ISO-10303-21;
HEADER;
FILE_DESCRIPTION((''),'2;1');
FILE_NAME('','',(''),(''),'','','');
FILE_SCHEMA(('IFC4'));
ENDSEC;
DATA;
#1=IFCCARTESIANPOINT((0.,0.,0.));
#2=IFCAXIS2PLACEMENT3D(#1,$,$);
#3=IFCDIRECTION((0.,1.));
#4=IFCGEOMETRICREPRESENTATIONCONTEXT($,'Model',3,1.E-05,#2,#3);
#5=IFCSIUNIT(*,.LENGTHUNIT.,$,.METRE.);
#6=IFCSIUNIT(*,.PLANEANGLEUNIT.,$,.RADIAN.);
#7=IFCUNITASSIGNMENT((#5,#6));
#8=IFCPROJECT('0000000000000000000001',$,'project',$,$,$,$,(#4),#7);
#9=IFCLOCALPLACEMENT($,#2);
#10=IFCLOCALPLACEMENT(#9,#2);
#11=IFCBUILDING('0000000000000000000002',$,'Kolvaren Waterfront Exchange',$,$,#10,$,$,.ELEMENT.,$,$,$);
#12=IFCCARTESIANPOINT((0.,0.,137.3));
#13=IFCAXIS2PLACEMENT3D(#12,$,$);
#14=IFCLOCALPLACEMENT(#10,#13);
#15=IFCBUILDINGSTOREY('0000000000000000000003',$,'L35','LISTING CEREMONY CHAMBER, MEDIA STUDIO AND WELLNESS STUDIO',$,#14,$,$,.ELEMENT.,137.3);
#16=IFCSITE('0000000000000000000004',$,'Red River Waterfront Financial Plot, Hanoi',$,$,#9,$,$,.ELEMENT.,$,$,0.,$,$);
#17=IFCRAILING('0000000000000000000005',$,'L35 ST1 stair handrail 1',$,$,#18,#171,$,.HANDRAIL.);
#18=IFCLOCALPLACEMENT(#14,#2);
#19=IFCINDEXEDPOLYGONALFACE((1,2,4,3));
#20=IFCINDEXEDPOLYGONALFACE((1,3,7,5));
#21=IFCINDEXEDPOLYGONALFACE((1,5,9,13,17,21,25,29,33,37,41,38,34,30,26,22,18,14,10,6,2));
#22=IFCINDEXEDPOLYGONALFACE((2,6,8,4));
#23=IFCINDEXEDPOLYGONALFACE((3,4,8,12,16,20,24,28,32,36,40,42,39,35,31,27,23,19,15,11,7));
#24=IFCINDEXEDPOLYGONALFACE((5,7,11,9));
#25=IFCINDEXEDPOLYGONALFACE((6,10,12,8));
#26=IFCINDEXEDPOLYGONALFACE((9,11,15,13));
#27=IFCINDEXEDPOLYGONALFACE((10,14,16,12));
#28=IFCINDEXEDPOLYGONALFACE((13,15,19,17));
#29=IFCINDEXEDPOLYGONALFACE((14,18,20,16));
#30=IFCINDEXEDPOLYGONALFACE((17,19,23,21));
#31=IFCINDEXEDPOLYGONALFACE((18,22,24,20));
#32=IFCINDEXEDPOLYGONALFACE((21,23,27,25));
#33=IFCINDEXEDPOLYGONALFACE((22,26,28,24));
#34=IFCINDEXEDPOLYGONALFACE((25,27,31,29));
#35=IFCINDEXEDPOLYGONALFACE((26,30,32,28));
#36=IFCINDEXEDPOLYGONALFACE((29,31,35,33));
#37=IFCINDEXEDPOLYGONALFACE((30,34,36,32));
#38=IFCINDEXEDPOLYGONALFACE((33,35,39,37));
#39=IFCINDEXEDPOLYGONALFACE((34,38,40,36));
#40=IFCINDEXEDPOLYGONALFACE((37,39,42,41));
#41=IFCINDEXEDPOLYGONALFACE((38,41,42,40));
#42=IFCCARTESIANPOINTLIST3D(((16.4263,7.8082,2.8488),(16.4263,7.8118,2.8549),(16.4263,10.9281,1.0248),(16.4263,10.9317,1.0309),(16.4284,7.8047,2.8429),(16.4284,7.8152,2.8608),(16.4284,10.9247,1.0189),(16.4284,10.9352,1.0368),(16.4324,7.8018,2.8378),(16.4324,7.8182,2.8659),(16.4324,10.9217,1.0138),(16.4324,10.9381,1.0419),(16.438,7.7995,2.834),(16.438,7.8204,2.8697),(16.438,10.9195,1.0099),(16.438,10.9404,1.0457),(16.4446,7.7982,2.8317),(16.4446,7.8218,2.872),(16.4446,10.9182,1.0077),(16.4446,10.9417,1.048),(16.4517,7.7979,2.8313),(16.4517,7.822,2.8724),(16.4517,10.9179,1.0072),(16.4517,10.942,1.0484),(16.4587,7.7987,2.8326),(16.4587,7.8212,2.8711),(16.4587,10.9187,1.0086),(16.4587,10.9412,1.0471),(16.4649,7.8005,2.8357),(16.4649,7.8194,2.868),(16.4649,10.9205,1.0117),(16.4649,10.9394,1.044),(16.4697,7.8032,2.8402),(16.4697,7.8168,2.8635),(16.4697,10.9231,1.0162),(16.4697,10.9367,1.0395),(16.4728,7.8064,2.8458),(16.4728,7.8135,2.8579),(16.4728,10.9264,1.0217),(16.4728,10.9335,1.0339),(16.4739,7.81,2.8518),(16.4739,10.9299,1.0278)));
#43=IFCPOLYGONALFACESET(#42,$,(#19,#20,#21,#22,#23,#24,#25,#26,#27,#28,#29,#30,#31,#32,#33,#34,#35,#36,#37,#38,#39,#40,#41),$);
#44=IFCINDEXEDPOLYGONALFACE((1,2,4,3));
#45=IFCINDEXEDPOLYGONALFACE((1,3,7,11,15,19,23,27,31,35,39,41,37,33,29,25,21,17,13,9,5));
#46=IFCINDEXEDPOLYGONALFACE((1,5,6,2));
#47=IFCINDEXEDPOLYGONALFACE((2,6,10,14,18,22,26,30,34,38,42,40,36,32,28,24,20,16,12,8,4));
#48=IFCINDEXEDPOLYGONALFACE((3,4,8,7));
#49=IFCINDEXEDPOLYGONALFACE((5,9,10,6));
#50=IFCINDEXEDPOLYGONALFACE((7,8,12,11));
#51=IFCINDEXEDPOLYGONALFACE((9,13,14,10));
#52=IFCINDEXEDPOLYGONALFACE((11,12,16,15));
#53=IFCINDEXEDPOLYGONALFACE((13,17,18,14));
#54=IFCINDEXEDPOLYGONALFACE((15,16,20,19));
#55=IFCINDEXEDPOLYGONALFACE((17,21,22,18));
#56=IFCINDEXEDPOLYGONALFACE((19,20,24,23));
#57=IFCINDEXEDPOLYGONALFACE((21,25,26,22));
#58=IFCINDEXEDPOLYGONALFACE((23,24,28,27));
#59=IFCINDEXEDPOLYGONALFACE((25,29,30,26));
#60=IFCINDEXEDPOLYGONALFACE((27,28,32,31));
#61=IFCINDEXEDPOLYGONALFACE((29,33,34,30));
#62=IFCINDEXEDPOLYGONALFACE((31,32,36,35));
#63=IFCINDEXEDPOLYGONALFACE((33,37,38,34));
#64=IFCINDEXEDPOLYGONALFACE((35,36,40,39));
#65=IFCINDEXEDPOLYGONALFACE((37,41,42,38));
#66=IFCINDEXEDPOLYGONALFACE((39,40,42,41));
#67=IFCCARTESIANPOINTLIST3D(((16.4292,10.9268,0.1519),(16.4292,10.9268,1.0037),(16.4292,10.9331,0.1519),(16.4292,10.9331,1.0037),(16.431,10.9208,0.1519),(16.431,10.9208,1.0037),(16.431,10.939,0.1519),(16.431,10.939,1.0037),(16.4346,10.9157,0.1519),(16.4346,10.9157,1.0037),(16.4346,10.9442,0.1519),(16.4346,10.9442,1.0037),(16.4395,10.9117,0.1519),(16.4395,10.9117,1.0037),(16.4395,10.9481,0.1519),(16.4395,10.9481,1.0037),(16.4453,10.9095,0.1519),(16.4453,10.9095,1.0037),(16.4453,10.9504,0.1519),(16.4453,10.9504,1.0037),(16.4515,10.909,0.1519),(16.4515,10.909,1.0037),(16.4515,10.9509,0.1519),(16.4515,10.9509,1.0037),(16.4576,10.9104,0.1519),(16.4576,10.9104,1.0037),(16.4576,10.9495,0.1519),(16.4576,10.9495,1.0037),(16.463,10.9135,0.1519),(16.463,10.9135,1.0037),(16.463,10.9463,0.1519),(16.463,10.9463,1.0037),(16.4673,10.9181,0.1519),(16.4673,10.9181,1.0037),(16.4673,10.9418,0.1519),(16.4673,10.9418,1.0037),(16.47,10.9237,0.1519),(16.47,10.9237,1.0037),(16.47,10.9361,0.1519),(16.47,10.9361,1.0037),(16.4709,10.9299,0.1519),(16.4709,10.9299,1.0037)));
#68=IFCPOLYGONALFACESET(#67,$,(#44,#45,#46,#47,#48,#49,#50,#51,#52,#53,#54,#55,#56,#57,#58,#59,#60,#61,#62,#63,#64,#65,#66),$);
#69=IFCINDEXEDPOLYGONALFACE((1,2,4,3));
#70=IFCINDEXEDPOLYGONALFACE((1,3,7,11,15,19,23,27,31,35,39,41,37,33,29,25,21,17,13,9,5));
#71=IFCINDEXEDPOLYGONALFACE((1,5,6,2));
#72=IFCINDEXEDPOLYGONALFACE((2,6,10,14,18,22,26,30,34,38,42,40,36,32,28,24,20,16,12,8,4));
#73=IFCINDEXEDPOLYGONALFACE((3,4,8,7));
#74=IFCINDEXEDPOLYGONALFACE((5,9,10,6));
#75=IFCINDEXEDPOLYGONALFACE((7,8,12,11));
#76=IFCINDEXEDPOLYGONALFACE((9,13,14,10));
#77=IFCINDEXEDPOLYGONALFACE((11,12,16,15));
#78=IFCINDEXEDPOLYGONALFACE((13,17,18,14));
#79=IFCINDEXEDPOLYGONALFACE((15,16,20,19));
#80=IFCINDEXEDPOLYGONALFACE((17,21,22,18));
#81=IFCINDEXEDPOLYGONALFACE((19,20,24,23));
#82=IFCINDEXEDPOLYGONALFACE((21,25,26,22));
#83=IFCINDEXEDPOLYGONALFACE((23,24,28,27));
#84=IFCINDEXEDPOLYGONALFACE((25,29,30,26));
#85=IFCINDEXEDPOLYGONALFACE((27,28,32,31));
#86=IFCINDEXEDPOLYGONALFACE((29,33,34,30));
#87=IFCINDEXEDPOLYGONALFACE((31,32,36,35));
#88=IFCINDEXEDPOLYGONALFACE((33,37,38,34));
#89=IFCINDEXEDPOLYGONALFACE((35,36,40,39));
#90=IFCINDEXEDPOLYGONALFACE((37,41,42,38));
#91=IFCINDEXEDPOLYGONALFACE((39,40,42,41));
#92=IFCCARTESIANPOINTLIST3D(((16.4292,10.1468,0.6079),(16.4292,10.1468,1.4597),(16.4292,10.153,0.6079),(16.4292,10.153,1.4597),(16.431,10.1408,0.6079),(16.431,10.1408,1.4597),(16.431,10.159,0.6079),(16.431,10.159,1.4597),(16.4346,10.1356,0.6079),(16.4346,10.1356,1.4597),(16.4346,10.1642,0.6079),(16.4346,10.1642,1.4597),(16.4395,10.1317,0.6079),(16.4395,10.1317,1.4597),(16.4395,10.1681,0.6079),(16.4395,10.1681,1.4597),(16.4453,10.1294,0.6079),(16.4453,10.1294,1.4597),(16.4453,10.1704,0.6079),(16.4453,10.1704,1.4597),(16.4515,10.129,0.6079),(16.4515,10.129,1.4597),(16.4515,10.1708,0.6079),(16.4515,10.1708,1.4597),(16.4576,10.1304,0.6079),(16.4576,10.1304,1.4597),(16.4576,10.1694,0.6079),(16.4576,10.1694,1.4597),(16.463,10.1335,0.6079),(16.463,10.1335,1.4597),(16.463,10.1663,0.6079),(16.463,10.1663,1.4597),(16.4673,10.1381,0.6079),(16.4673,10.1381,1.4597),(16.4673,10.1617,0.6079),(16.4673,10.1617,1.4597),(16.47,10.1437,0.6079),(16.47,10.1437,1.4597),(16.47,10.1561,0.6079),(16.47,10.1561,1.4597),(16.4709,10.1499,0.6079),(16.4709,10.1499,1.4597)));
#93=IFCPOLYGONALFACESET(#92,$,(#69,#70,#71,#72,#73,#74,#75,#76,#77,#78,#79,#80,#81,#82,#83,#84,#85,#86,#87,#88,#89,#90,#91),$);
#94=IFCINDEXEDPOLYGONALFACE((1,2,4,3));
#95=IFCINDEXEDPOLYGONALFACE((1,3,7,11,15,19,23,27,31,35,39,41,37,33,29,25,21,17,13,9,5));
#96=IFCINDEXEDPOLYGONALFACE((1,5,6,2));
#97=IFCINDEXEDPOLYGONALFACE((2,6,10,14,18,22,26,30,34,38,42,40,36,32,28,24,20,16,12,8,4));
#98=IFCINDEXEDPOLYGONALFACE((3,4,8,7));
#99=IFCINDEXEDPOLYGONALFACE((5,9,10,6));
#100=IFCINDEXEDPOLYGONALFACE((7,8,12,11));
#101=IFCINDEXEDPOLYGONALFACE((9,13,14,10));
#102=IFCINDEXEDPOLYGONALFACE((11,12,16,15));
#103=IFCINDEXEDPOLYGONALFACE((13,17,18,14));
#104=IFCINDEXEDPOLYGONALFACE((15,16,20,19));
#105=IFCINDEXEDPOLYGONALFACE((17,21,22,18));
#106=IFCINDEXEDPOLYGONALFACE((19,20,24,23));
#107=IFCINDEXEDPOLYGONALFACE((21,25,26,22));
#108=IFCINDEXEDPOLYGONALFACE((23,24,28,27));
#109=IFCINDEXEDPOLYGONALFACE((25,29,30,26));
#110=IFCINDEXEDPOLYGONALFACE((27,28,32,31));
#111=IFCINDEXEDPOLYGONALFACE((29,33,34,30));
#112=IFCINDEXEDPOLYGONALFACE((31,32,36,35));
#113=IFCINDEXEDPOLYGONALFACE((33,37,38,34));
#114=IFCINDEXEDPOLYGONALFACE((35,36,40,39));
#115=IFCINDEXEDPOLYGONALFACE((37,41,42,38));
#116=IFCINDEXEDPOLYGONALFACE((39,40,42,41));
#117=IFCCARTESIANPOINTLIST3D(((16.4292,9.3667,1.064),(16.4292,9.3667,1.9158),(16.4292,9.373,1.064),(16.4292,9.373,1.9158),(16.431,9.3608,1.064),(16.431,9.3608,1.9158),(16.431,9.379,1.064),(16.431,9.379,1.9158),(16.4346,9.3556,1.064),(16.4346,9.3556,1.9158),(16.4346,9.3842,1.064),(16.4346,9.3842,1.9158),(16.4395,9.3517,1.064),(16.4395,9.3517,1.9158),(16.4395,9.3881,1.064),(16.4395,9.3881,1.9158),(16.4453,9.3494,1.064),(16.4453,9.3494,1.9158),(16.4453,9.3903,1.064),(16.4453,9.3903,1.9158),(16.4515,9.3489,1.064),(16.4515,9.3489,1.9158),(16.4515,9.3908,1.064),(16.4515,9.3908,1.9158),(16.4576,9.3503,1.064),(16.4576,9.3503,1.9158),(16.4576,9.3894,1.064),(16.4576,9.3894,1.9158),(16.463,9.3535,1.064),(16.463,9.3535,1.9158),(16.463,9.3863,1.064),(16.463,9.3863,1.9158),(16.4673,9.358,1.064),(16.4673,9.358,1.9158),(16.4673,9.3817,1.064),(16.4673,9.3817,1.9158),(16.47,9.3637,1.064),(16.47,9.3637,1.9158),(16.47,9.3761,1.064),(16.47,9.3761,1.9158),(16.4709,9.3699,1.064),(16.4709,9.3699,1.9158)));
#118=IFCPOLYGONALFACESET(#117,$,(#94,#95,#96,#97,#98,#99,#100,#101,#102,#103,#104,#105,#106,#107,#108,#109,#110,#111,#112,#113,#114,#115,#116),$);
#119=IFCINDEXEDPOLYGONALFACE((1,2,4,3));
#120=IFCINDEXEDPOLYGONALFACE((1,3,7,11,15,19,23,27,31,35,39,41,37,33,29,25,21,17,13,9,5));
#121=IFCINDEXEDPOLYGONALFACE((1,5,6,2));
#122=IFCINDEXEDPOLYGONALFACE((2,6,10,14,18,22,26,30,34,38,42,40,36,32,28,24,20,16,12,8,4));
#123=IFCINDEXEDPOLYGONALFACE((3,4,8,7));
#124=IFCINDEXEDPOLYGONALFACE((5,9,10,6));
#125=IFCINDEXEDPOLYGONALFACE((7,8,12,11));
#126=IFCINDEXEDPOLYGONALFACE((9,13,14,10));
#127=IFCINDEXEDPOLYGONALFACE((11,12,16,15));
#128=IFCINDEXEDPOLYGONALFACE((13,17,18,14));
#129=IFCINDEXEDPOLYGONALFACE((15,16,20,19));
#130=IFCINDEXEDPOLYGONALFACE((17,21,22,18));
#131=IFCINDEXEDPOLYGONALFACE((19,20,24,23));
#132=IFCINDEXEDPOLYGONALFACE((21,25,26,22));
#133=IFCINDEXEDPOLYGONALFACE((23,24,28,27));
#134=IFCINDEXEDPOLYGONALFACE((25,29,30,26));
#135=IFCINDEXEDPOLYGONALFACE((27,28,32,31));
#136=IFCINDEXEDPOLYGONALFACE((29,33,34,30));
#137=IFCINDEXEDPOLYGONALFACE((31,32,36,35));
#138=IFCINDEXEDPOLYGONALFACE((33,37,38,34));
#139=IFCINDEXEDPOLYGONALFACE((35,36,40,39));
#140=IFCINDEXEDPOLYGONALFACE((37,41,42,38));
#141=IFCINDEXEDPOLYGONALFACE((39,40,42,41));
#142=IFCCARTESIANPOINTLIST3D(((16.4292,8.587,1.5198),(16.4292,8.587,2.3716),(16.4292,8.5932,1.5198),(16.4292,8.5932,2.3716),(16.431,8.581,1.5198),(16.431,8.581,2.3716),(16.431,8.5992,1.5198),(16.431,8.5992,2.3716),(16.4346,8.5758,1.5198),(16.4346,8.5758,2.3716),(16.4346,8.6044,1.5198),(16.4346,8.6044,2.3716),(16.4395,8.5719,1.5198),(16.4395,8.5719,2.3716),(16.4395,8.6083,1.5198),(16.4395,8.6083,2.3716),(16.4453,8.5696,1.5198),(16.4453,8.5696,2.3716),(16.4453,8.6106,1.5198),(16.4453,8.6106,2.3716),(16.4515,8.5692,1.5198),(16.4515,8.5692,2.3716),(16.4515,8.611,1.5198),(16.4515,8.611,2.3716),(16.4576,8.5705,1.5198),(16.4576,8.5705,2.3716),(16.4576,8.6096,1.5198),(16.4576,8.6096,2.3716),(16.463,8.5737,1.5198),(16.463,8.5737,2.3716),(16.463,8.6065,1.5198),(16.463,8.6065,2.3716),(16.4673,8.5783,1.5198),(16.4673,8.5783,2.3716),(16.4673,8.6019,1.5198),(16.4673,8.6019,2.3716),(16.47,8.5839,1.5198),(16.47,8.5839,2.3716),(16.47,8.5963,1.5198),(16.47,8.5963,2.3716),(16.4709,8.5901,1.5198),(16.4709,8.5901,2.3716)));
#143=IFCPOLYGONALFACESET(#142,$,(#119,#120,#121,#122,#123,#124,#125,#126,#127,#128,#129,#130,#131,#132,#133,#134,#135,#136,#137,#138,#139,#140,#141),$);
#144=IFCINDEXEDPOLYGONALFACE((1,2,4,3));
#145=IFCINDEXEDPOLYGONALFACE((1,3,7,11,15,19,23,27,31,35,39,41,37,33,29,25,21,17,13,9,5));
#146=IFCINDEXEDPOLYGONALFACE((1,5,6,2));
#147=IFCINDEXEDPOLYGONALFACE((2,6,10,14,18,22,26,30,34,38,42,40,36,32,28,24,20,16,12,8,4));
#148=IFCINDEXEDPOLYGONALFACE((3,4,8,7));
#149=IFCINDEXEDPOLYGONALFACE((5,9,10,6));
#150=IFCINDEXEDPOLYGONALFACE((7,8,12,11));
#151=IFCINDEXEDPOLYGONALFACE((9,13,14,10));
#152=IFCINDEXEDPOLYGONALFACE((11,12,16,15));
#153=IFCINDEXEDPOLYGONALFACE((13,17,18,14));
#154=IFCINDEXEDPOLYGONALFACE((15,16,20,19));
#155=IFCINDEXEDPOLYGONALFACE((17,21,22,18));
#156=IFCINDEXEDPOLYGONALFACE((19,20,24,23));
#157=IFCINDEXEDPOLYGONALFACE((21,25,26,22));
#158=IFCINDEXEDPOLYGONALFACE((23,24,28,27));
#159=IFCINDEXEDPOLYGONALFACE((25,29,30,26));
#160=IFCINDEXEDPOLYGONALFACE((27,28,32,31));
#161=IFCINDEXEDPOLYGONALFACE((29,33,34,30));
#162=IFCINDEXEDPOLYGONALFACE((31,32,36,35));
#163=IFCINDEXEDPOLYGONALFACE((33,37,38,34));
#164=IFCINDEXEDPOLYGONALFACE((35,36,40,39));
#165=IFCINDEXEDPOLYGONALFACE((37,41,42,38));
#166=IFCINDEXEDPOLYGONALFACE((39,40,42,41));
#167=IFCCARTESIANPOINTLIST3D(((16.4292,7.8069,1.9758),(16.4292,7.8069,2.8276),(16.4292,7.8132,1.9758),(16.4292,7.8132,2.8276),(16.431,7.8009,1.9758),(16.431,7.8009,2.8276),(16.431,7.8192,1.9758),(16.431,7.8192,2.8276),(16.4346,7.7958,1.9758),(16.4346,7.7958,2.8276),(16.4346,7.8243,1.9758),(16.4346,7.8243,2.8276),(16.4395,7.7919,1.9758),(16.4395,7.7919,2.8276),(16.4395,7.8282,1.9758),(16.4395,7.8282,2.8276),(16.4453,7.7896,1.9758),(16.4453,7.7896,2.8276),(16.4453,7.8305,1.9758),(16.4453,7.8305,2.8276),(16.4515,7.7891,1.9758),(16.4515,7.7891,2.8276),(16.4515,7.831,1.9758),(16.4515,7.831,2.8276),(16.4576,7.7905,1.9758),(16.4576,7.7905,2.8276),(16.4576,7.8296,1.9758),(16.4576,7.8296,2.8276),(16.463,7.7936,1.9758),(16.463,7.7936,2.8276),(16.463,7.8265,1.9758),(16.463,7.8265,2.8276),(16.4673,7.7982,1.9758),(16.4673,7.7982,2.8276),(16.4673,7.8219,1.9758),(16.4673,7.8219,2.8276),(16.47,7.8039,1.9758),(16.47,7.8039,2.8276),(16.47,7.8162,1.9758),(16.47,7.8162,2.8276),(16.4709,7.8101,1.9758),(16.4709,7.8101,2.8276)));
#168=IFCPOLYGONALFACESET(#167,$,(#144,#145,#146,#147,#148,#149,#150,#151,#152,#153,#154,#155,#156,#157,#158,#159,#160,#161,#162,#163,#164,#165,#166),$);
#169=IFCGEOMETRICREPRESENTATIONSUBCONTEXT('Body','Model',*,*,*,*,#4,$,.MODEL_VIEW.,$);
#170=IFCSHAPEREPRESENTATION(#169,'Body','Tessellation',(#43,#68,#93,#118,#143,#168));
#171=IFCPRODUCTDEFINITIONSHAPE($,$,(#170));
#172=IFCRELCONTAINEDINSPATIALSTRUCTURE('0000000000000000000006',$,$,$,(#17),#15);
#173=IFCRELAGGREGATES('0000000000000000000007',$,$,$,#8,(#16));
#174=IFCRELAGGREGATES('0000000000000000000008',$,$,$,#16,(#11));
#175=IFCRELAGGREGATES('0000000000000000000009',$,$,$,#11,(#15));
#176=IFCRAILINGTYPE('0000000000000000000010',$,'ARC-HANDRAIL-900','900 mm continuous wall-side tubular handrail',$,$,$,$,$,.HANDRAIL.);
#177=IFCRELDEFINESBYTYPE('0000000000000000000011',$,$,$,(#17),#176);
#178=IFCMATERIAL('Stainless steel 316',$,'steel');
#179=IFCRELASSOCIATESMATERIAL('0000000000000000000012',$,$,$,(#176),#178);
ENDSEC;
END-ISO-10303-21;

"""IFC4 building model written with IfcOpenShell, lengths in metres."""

from ifc_helpers import new_model, si_unit, direction, frame, origin, origin_2d, place, context, subcontext, project, spatial, circle, extrude, material, type_object, element, save


model = new_model("IFC4")

# Units and contexts
model_context = context("Model", 3, precision=1e-05, world=origin(), true_north=direction((0.0, 1.0)))
body_context = subcontext(model_context, "Body", "Model", "MODEL_VIEW")
ifc_project = project(units=[si_unit("LENGTHUNIT", "METRE"), si_unit("PLANEANGLEUNIT", "RADIAN")], contexts=[model_context])

# Site, building, storey
site_placement = place(None, origin())
site = spatial("IfcSite", under=ifc_project, at=site_placement, Name="Red River Waterfront Financial Plot, Hanoi", CompositionType="ELEMENT", RefElevation=0.0)
building_placement = place(site_placement, origin())
building = spatial("IfcBuilding", under=site, at=building_placement, Name="Kolvaren Waterfront Exchange", CompositionType="ELEMENT")
storey_placement = place(building_placement, frame((0.0, 0.0, 137.3)))
storey = spatial("IfcBuildingStorey", under=building, at=storey_placement, Name="L35", Description="LISTING CEREMONY CHAMBER, MEDIA STUDIO AND WELLNESS STUDIO", CompositionType="ELEMENT", Elevation=137.3)

# Railing
ifc_material_1 = material(Name="Stainless steel 316", Category="steel")
railing_type_1 = type_object("IfcRailingType", Name="ARC-HANDRAIL-900", Description="900 mm continuous wall-side tubular handrail", PredefinedType="HANDRAIL", material=ifc_material_1)
railing_1_placement = place(storey_placement, frame((16.45, 10.9299, 0.1519)))
element("IfcRailing", 1, at=railing_1_placement, inside=storey, type_object=railing_type_1, Name="L35 ST1 stair handrail 1", PredefinedType="HANDRAIL", context=body_context, shape_type="SweptSolid", body=[
    extrude(circle(Radius=0.0239, at=origin_2d()), frame((0.0, 0.0, 0.876), z_axis=(0.0, -0.863291, 0.504707), x_axis=(1.0, 0.0, 0.0)), (0.0, 0.0, 1.0), 3.614),
    extrude(circle(Radius=0.021, at=origin_2d()), origin(), (0.0, 0.0, 1.0), 0.8518),
    extrude(circle(Radius=0.021, at=origin_2d()), frame((0.0, -0.78, 0.4561)), (0.0, 0.0, 1.0), 0.8518),
    extrude(circle(Radius=0.021, at=origin_2d()), frame((0.0, -1.5601, 0.9121)), (0.0, 0.0, 1.0), 0.8518),
    extrude(circle(Radius=0.021, at=origin_2d()), frame((0.0, -2.3398, 1.3679)), (0.0, 0.0, 1.0), 0.8518),
    extrude(circle(Radius=0.021, at=origin_2d()), frame((0.0, -3.1199, 1.824)), (0.0, 0.0, 1.0), 0.8518),
])

save(model, "model.ifc")
